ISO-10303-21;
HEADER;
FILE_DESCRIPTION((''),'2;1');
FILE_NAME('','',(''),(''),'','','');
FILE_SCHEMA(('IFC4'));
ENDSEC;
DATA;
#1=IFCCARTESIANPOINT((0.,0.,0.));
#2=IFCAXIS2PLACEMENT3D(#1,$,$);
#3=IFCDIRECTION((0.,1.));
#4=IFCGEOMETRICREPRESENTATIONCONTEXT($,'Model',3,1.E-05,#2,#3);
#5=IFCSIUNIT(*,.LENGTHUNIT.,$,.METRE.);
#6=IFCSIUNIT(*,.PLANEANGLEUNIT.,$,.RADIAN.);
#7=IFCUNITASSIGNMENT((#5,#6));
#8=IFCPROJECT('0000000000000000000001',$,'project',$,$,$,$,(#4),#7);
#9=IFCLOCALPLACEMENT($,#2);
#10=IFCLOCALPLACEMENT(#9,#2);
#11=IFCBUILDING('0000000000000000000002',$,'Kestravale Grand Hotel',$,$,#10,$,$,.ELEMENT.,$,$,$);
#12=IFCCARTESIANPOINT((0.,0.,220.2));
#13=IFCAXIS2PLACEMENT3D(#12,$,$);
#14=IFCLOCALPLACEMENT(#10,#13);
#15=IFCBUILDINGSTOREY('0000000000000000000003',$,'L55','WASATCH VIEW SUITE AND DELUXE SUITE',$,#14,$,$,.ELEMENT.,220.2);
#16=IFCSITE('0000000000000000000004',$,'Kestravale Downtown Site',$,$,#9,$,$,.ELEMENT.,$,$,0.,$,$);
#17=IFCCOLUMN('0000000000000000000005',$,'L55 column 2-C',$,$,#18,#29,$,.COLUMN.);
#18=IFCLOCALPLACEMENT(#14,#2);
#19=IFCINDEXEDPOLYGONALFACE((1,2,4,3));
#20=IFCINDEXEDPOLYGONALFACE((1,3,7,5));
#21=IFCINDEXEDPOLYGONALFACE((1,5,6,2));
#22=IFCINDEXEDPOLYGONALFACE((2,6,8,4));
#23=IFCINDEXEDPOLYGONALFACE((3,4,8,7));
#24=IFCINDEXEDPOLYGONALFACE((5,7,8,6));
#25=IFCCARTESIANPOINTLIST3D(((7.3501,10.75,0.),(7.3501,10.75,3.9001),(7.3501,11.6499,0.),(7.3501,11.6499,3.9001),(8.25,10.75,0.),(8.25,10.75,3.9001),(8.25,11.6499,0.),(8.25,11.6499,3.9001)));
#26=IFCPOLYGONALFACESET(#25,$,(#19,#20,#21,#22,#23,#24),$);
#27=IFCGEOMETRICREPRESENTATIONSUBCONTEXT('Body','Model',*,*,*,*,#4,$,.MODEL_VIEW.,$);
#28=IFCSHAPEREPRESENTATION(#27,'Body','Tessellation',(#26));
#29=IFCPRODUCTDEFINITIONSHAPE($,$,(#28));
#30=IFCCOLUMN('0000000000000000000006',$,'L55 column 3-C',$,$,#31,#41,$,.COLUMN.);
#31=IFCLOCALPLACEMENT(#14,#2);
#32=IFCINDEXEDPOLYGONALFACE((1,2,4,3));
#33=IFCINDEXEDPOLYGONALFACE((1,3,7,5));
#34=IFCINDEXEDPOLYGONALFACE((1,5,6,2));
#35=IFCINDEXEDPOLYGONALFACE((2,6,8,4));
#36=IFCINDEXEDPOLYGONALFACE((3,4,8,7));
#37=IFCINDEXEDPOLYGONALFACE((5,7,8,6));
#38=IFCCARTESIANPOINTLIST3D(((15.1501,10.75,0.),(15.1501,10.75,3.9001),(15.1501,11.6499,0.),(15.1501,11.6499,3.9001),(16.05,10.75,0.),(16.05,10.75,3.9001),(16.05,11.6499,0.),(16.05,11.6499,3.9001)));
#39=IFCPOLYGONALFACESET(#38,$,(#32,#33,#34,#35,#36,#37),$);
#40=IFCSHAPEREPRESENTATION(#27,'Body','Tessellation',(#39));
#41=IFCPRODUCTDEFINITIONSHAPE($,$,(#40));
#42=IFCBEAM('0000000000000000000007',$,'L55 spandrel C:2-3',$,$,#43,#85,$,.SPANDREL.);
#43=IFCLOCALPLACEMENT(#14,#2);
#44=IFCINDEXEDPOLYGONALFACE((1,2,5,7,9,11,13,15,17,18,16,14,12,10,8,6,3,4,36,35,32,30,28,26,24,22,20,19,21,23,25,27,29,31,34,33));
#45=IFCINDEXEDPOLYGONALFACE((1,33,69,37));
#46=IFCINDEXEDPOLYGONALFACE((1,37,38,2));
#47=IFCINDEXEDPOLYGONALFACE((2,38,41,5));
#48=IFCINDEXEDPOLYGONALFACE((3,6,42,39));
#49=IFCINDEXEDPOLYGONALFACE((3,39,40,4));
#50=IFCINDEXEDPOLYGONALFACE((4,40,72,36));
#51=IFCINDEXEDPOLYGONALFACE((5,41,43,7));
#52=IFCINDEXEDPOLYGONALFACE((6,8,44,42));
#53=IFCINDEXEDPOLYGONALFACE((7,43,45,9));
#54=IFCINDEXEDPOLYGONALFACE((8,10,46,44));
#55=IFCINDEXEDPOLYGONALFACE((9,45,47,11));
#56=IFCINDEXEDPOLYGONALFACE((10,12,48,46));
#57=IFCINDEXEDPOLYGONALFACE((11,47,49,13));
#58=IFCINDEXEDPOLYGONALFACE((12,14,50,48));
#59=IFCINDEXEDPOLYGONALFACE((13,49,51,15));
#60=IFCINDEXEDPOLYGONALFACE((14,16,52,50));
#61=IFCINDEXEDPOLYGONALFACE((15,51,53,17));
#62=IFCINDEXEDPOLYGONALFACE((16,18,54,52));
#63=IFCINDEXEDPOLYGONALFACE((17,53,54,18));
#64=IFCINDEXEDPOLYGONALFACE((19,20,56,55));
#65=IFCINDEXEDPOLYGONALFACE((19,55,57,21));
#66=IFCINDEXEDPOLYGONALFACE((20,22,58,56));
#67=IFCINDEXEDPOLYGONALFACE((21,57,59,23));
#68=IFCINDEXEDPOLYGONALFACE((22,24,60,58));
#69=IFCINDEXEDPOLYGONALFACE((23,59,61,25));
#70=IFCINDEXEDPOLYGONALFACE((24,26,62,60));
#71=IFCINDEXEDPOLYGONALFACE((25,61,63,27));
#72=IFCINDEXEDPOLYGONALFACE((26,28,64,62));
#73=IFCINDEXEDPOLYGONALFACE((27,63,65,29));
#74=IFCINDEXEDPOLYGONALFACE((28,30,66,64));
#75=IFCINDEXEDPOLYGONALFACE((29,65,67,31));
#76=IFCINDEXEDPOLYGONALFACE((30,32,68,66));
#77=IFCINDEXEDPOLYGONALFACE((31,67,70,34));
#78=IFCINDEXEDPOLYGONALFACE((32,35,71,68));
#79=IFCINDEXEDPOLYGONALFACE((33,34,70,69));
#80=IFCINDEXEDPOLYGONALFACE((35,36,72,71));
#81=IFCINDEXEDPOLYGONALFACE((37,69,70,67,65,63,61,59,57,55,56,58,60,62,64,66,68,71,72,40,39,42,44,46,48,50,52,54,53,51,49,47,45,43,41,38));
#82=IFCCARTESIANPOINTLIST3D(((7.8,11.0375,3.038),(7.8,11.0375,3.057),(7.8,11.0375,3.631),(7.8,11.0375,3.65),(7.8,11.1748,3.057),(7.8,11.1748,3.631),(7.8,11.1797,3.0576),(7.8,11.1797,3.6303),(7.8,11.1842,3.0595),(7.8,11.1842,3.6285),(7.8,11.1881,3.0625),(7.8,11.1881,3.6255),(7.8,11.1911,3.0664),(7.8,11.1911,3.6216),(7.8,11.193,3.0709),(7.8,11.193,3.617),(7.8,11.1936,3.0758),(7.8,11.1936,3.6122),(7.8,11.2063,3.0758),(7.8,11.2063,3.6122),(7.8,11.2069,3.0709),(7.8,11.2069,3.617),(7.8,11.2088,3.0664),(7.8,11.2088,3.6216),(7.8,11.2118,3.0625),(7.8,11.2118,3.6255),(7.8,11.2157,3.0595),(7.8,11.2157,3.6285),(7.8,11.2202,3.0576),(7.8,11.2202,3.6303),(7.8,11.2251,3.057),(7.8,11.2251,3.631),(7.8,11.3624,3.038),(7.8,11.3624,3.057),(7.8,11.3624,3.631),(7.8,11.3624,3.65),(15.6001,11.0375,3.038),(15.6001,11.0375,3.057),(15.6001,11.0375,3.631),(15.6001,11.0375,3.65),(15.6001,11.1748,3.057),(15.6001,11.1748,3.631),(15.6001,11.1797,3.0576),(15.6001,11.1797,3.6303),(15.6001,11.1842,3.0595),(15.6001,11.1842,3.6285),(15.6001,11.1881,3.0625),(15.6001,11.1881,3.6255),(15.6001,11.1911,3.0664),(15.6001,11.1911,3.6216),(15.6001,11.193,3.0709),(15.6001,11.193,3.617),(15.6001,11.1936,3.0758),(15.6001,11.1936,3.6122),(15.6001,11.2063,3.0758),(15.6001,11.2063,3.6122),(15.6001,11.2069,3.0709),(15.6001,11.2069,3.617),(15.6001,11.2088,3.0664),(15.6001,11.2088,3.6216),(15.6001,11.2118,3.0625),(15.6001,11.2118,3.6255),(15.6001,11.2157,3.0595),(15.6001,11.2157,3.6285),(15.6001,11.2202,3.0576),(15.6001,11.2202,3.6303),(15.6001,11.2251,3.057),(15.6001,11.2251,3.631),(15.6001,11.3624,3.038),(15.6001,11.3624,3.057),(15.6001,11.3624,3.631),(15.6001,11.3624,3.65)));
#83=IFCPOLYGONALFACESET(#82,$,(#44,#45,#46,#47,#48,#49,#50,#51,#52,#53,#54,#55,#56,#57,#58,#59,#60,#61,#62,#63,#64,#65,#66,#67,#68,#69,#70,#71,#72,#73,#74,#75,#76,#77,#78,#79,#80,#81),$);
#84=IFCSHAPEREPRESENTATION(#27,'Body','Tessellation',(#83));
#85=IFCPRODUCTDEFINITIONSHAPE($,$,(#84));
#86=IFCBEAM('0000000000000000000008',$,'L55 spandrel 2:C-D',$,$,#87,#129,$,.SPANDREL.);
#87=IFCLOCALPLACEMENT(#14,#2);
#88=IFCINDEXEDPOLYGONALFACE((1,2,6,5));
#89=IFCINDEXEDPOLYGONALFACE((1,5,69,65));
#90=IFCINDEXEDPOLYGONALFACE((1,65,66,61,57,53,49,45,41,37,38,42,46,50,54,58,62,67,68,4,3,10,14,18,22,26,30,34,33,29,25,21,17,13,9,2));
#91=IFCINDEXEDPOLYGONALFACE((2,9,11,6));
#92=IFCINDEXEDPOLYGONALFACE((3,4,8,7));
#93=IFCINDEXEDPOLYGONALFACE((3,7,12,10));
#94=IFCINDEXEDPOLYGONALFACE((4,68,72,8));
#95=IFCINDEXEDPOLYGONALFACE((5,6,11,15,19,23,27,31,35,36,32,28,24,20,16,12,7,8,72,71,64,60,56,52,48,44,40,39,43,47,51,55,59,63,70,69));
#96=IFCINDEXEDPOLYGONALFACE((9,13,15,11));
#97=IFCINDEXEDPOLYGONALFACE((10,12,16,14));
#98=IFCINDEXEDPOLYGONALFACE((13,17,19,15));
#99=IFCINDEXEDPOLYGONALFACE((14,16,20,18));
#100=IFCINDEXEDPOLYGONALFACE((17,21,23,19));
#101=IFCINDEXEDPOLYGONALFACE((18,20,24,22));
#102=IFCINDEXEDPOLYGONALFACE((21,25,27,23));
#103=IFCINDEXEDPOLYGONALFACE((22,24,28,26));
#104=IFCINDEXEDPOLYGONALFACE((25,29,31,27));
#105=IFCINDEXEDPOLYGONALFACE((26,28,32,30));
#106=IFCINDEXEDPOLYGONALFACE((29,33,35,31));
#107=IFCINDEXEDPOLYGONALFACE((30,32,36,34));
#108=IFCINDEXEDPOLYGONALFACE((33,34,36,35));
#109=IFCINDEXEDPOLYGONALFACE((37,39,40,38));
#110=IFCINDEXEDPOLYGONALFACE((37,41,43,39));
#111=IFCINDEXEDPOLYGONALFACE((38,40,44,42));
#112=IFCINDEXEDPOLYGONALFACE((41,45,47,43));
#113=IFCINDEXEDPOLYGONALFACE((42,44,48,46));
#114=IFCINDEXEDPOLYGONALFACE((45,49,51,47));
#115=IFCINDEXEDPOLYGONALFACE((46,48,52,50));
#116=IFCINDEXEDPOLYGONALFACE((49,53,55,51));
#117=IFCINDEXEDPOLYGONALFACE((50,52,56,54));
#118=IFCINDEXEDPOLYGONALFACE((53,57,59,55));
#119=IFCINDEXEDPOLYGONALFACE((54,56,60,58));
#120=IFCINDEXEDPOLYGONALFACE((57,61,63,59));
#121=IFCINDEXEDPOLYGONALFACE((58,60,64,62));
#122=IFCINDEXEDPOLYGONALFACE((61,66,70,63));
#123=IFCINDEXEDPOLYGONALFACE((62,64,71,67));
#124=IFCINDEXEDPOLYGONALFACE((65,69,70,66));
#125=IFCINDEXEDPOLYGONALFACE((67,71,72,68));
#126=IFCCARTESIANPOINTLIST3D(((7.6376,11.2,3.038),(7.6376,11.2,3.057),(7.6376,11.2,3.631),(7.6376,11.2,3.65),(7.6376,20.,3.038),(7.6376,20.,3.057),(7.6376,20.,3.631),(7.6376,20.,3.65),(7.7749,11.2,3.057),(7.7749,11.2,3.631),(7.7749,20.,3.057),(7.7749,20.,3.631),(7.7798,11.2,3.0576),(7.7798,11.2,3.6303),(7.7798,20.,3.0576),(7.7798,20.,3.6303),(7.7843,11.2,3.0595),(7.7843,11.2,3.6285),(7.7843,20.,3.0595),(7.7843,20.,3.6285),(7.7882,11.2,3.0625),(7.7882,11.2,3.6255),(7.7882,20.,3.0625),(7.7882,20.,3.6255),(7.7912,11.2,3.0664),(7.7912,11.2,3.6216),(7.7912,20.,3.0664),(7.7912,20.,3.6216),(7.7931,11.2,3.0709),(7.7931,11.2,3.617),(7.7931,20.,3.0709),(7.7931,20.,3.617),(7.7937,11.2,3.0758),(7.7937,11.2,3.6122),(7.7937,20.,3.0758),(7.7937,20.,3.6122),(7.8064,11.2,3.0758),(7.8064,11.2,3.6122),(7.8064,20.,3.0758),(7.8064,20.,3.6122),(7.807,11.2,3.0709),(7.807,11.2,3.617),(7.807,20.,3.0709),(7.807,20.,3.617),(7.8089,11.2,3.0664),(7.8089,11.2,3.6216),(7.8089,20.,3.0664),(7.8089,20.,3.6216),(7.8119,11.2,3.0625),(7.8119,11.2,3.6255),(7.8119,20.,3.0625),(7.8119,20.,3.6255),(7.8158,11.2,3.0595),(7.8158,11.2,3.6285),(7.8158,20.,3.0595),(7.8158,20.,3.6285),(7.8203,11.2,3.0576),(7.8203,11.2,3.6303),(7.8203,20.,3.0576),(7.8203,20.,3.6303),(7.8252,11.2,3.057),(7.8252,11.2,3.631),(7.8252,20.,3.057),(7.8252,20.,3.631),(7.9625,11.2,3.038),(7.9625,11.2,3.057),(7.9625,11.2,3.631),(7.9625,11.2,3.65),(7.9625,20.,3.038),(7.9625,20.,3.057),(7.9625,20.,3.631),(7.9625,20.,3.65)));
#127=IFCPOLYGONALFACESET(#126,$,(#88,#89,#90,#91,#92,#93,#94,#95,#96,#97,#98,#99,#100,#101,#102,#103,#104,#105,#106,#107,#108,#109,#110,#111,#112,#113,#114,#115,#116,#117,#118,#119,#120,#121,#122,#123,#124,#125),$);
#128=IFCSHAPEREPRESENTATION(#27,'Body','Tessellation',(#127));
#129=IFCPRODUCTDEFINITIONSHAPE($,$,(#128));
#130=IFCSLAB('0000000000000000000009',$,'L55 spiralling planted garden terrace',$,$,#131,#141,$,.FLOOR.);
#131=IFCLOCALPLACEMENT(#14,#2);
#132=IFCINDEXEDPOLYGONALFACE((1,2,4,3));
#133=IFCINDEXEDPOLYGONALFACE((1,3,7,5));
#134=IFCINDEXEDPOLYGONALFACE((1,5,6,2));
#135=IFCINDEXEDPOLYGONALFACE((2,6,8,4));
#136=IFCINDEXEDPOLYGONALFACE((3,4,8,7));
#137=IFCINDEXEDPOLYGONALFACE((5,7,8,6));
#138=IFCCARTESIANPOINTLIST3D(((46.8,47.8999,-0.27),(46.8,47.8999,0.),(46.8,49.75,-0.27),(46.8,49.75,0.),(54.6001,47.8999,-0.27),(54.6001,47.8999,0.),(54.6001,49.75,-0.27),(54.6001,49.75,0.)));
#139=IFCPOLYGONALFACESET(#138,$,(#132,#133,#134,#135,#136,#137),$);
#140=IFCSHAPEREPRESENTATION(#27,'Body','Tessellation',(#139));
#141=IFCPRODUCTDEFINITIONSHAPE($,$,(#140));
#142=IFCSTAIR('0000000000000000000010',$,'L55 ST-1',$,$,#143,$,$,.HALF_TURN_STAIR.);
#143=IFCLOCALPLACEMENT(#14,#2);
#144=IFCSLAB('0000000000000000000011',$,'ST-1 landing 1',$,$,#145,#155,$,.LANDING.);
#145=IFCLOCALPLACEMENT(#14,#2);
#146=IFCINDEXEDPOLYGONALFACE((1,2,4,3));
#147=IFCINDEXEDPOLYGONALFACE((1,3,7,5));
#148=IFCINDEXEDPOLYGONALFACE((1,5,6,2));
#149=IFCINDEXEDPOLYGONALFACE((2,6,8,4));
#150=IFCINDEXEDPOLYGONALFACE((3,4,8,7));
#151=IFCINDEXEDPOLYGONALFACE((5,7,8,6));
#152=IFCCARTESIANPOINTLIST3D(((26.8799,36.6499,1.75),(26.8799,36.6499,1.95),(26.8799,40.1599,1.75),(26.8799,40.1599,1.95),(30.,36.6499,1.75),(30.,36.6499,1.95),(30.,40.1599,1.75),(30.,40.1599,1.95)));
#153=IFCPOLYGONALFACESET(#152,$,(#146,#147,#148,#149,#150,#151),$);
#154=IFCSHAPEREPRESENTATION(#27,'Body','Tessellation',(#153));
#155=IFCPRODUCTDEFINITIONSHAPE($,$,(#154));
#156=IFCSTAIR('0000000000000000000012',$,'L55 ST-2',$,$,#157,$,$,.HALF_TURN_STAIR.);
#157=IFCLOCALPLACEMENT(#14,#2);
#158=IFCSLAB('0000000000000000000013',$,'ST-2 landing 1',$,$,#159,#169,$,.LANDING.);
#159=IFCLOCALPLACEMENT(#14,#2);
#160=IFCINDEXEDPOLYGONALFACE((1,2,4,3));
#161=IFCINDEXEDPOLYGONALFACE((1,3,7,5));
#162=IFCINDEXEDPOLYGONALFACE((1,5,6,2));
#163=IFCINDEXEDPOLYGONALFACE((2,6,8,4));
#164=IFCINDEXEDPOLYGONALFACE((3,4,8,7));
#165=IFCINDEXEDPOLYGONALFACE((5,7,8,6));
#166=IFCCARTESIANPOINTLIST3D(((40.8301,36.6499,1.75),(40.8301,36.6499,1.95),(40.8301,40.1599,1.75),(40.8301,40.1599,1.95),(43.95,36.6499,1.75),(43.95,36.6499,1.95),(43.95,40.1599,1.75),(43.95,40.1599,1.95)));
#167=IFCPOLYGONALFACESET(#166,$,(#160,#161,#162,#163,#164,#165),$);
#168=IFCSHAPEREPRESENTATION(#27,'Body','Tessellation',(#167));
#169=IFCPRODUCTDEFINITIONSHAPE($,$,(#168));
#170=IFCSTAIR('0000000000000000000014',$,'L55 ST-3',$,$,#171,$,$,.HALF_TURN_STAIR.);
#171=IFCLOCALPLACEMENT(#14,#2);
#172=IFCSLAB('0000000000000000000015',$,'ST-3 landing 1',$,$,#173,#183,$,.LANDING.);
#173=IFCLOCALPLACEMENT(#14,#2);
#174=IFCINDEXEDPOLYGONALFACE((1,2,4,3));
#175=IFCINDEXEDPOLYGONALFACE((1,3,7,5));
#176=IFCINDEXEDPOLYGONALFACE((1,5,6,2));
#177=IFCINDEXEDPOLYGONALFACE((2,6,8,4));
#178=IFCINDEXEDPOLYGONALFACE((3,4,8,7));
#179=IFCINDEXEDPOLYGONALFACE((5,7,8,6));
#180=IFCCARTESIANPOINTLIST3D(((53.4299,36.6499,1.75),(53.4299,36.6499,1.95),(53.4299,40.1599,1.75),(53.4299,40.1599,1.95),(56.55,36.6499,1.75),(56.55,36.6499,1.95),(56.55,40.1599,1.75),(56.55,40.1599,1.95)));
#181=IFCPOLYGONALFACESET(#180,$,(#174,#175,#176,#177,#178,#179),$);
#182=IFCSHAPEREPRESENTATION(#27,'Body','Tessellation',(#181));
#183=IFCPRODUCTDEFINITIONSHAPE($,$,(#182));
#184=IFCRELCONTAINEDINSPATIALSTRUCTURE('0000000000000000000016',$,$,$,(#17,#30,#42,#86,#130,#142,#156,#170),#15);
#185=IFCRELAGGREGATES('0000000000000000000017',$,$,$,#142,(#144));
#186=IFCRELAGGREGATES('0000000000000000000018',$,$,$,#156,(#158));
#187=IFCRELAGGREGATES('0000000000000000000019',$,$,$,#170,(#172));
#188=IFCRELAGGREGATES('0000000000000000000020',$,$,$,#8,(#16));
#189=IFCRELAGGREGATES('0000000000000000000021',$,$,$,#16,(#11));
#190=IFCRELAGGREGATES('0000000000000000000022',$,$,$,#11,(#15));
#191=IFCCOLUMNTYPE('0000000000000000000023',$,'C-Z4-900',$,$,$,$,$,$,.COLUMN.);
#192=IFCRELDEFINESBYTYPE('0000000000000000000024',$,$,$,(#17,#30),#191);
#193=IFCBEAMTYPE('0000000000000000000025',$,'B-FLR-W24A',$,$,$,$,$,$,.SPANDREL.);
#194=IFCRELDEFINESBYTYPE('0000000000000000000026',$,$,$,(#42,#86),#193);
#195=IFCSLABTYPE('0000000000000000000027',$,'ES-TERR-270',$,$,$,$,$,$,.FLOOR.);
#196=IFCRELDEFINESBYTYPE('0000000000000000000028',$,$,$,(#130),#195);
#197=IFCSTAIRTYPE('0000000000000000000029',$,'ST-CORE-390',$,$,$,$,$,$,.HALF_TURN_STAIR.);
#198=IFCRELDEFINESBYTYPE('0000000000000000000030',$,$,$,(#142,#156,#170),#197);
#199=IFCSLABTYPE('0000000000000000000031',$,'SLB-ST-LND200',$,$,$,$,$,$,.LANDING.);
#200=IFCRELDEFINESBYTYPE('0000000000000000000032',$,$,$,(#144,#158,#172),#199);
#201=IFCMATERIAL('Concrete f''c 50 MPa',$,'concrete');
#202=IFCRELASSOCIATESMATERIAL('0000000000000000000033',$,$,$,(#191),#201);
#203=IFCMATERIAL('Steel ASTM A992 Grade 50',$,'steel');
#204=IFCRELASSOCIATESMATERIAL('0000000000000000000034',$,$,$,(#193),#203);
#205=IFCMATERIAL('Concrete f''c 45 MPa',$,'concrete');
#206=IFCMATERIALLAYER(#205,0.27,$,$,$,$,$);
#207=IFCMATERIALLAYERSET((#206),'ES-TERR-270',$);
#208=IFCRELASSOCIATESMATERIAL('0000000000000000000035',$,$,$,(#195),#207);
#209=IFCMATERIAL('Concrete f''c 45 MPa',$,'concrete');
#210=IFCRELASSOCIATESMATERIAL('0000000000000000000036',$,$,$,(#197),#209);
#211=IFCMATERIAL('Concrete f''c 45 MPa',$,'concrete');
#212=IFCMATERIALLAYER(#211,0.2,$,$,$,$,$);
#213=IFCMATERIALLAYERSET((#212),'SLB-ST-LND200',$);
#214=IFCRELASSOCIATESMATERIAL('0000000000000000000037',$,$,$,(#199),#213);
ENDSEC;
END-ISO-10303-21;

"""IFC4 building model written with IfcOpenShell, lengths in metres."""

from ifc_helpers import new_model, si_unit, direction, frame, origin, origin_2d, place, context, subcontext, project, spatial, polyline, rectangle, i_section, outline, extrude, material, layer, layer_set, material_profile, profile_set, type_object, element, aggregate, save


model = new_model("IFC4")

# Units and contexts
model_context = context("Model", 3, precision=1e-05, world=origin(), true_north=direction((0.0, 1.0)))
body_context = subcontext(model_context, "Body", "Model", "MODEL_VIEW")
ifc_project = project(units=[si_unit("LENGTHUNIT", "METRE"), si_unit("PLANEANGLEUNIT", "RADIAN")], contexts=[model_context])

# Site, building, storey
site_placement = place(None, origin())
site = spatial("IfcSite", under=ifc_project, at=site_placement, Name="Kestravale Downtown Site", CompositionType="ELEMENT", RefElevation=0.0)
building_placement = place(site_placement, origin())
building = spatial("IfcBuilding", under=site, at=building_placement, Name="Kestravale Grand Hotel", CompositionType="ELEMENT")
storey_placement = place(building_placement, frame((0.0, 0.0, 220.2)))
storey = spatial("IfcBuildingStorey", under=building, at=storey_placement, Name="L55", Description="WASATCH VIEW SUITE AND DELUXE SUITE", CompositionType="ELEMENT", Elevation=220.2)

# Columns
ifc_material_1 = material(Name="Concrete f'c 50 MPa", Category="concrete")
ifc_material_profile_1 = material_profile(ifc_material_1, rectangle(XDim=0.8999, YDim=0.8999, at=origin_2d()))
ifc_profile_set_1 = profile_set([ifc_material_profile_1], Name="Concrete f'c 50 MPa")
column_type = type_object("IfcColumnType", Name="C-Z4-900", PredefinedType="COLUMN", material=ifc_profile_set_1)
for number, where, z_axis, x_axis, name in (
    (1, (7.8, 11.2, 0.0), (0.0, 0.0, 1.0), (1.0, 0.0, 0.0), "L55 column 2-C"),
    (2, (15.6001, 11.2, 0.0), (0.0, 0.0, 1.0), (1.0, 0.0, 0.0), "L55 column 3-C"),
):
    element("IfcColumn", number, at=place(storey_placement, frame(where, z_axis=z_axis, x_axis=x_axis)), inside=storey, type_object=column_type, Name=name, PredefinedType="COLUMN", context=body_context, shape_type="SweptSolid", body=[
        extrude(rectangle(XDim=0.8999, YDim=0.8999, at=origin_2d()), origin(), (0.0, 0.0, 1.0), 3.9001),
    ])

# Beams
ifc_material_2 = material(Name="Steel ASTM A992 Grade 50", Category="steel")
ifc_material_profile_2 = material_profile(ifc_material_2, i_section(OverallWidth=0.325, OverallDepth=0.6121, WebThickness=0.0127, FlangeThickness=0.019, FilletRadius=0.0188, at=origin_2d()))
ifc_profile_set_2 = profile_set([ifc_material_profile_2], Name="Steel ASTM A992 Grade 50")
beam_type = type_object("IfcBeamType", Name="B-FLR-W24A", PredefinedType="SPANDREL", material=ifc_profile_set_2)
beam_1_placement = place(storey_placement, frame((7.8, 11.2, 3.344), z_axis=(1.0, 0.0, 0.0), x_axis=(0.0, 1.0, 0.0)))
element("IfcBeam", 3, at=beam_1_placement, inside=storey, type_object=beam_type, Name="L55 spandrel C:2-3", PredefinedType="SPANDREL", context=body_context, shape_type="SweptSolid", body=[
    extrude(i_section(OverallWidth=0.325, OverallDepth=0.6121, WebThickness=0.0127, FlangeThickness=0.019, FilletRadius=0.0188, at=origin_2d()), origin(), (0.0, 0.0, 1.0), 7.8),
])
beam_2_placement = place(storey_placement, frame((7.8, 11.2, 3.344), z_axis=(0.0, 1.0, 0.0), x_axis=(-1.0, 0.0, 0.0)))
element("IfcBeam", 4, at=beam_2_placement, inside=storey, type_object=beam_type, Name="L55 spandrel 2:C-D", PredefinedType="SPANDREL", context=body_context, shape_type="SweptSolid", body=[
    extrude(i_section(OverallWidth=0.325, OverallDepth=0.6121, WebThickness=0.0127, FlangeThickness=0.019, FilletRadius=0.0188, at=origin_2d()), origin(), (0.0, 0.0, 1.0), 8.8),
])

# Slab
ifc_material_3 = material(Name="Concrete f'c 45 MPa", Category="concrete")
ifc_layer_1 = layer(ifc_material_3, 0.27)
ifc_layer_set_1 = layer_set([ifc_layer_1], Name="ES-TERR-270")
slab_type_1 = type_object("IfcSlabType", Name="ES-TERR-270", PredefinedType="FLOOR", material=ifc_layer_set_1)
slab_1_placement = place(storey_placement, frame((0.0, 0.0, -0.27)))
element("IfcSlab", 5, at=slab_1_placement, inside=storey, type_object=slab_type_1, Name="L55 spiralling planted garden terrace", PredefinedType="FLOOR", context=body_context, shape_type="SweptSolid", body=[
    extrude(outline(polyline([(46.8, 47.8999), (54.6001, 47.8999), (54.6001, 49.75), (46.8, 49.75), (46.8, 47.8999)])), origin(), (0.0, 0.0, 1.0), 0.27),
])

# Stairs, slabs
ifc_material_4 = material(Name="Concrete f'c 45 MPa", Category="concrete")
stair_type = type_object("IfcStairType", Name="ST-CORE-390", PredefinedType="HALF_TURN_STAIR", material=ifc_material_4)
stair_1_placement = place(storey_placement, origin())
stair_1 = element("IfcStair", 6, at=stair_1_placement, inside=storey, type_object=stair_type, Name="L55 ST-1", PredefinedType="HALF_TURN_STAIR")
ifc_material_5 = material(Name="Concrete f'c 45 MPa", Category="concrete")
ifc_layer_2 = layer(ifc_material_5, 0.2)
ifc_layer_set_2 = layer_set([ifc_layer_2], Name="SLB-ST-LND200")
slab_type_2 = type_object("IfcSlabType", Name="SLB-ST-LND200", PredefinedType="LANDING", material=ifc_layer_set_2)
slab_2_placement = place(storey_placement, frame((0.0, 0.0, 1.75)))
slab_2 = element("IfcSlab", 7, at=slab_2_placement, type_object=slab_type_2, Name="ST-1 landing 1", PredefinedType="LANDING", context=body_context, shape_type="SweptSolid", body=[
    extrude(outline(polyline([(26.8799, 36.6499), (30.0, 36.6499), (30.0, 40.1599), (26.8799, 40.1599), (26.8799, 36.6499)])), origin(), (0.0, 0.0, 1.0), 0.2),
])
aggregate(stair_1, [slab_2])
stair_2_placement = place(storey_placement, origin())
stair_2 = element("IfcStair", 8, at=stair_2_placement, inside=storey, type_object=stair_type, Name="L55 ST-2", PredefinedType="HALF_TURN_STAIR")
slab_3_placement = place(storey_placement, frame((0.0, 0.0, 1.75)))
slab_3 = element("IfcSlab", 9, at=slab_3_placement, type_object=slab_type_2, Name="ST-2 landing 1", PredefinedType="LANDING", context=body_context, shape_type="SweptSolid", body=[
    extrude(outline(polyline([(40.8301, 36.6499), (43.95, 36.6499), (43.95, 40.1599), (40.8301, 40.1599), (40.8301, 36.6499)])), origin(), (0.0, 0.0, 1.0), 0.2),
])
aggregate(stair_2, [slab_3])
stair_3_placement = place(storey_placement, origin())
stair_3 = element("IfcStair", 10, at=stair_3_placement, inside=storey, type_object=stair_type, Name="L55 ST-3", PredefinedType="HALF_TURN_STAIR")
slab_4_placement = place(storey_placement, frame((0.0, 0.0, 1.75)))
slab_4 = element("IfcSlab", 11, at=slab_4_placement, type_object=slab_type_2, Name="ST-3 landing 1", PredefinedType="LANDING", context=body_context, shape_type="SweptSolid", body=[
    extrude(outline(polyline([(53.4299, 36.6499), (56.55, 36.6499), (56.55, 40.1599), (53.4299, 40.1599), (53.4299, 36.6499)])), origin(), (0.0, 0.0, 1.0), 0.2),
])
aggregate(stair_3, [slab_4])

save(model, "model.ifc")
